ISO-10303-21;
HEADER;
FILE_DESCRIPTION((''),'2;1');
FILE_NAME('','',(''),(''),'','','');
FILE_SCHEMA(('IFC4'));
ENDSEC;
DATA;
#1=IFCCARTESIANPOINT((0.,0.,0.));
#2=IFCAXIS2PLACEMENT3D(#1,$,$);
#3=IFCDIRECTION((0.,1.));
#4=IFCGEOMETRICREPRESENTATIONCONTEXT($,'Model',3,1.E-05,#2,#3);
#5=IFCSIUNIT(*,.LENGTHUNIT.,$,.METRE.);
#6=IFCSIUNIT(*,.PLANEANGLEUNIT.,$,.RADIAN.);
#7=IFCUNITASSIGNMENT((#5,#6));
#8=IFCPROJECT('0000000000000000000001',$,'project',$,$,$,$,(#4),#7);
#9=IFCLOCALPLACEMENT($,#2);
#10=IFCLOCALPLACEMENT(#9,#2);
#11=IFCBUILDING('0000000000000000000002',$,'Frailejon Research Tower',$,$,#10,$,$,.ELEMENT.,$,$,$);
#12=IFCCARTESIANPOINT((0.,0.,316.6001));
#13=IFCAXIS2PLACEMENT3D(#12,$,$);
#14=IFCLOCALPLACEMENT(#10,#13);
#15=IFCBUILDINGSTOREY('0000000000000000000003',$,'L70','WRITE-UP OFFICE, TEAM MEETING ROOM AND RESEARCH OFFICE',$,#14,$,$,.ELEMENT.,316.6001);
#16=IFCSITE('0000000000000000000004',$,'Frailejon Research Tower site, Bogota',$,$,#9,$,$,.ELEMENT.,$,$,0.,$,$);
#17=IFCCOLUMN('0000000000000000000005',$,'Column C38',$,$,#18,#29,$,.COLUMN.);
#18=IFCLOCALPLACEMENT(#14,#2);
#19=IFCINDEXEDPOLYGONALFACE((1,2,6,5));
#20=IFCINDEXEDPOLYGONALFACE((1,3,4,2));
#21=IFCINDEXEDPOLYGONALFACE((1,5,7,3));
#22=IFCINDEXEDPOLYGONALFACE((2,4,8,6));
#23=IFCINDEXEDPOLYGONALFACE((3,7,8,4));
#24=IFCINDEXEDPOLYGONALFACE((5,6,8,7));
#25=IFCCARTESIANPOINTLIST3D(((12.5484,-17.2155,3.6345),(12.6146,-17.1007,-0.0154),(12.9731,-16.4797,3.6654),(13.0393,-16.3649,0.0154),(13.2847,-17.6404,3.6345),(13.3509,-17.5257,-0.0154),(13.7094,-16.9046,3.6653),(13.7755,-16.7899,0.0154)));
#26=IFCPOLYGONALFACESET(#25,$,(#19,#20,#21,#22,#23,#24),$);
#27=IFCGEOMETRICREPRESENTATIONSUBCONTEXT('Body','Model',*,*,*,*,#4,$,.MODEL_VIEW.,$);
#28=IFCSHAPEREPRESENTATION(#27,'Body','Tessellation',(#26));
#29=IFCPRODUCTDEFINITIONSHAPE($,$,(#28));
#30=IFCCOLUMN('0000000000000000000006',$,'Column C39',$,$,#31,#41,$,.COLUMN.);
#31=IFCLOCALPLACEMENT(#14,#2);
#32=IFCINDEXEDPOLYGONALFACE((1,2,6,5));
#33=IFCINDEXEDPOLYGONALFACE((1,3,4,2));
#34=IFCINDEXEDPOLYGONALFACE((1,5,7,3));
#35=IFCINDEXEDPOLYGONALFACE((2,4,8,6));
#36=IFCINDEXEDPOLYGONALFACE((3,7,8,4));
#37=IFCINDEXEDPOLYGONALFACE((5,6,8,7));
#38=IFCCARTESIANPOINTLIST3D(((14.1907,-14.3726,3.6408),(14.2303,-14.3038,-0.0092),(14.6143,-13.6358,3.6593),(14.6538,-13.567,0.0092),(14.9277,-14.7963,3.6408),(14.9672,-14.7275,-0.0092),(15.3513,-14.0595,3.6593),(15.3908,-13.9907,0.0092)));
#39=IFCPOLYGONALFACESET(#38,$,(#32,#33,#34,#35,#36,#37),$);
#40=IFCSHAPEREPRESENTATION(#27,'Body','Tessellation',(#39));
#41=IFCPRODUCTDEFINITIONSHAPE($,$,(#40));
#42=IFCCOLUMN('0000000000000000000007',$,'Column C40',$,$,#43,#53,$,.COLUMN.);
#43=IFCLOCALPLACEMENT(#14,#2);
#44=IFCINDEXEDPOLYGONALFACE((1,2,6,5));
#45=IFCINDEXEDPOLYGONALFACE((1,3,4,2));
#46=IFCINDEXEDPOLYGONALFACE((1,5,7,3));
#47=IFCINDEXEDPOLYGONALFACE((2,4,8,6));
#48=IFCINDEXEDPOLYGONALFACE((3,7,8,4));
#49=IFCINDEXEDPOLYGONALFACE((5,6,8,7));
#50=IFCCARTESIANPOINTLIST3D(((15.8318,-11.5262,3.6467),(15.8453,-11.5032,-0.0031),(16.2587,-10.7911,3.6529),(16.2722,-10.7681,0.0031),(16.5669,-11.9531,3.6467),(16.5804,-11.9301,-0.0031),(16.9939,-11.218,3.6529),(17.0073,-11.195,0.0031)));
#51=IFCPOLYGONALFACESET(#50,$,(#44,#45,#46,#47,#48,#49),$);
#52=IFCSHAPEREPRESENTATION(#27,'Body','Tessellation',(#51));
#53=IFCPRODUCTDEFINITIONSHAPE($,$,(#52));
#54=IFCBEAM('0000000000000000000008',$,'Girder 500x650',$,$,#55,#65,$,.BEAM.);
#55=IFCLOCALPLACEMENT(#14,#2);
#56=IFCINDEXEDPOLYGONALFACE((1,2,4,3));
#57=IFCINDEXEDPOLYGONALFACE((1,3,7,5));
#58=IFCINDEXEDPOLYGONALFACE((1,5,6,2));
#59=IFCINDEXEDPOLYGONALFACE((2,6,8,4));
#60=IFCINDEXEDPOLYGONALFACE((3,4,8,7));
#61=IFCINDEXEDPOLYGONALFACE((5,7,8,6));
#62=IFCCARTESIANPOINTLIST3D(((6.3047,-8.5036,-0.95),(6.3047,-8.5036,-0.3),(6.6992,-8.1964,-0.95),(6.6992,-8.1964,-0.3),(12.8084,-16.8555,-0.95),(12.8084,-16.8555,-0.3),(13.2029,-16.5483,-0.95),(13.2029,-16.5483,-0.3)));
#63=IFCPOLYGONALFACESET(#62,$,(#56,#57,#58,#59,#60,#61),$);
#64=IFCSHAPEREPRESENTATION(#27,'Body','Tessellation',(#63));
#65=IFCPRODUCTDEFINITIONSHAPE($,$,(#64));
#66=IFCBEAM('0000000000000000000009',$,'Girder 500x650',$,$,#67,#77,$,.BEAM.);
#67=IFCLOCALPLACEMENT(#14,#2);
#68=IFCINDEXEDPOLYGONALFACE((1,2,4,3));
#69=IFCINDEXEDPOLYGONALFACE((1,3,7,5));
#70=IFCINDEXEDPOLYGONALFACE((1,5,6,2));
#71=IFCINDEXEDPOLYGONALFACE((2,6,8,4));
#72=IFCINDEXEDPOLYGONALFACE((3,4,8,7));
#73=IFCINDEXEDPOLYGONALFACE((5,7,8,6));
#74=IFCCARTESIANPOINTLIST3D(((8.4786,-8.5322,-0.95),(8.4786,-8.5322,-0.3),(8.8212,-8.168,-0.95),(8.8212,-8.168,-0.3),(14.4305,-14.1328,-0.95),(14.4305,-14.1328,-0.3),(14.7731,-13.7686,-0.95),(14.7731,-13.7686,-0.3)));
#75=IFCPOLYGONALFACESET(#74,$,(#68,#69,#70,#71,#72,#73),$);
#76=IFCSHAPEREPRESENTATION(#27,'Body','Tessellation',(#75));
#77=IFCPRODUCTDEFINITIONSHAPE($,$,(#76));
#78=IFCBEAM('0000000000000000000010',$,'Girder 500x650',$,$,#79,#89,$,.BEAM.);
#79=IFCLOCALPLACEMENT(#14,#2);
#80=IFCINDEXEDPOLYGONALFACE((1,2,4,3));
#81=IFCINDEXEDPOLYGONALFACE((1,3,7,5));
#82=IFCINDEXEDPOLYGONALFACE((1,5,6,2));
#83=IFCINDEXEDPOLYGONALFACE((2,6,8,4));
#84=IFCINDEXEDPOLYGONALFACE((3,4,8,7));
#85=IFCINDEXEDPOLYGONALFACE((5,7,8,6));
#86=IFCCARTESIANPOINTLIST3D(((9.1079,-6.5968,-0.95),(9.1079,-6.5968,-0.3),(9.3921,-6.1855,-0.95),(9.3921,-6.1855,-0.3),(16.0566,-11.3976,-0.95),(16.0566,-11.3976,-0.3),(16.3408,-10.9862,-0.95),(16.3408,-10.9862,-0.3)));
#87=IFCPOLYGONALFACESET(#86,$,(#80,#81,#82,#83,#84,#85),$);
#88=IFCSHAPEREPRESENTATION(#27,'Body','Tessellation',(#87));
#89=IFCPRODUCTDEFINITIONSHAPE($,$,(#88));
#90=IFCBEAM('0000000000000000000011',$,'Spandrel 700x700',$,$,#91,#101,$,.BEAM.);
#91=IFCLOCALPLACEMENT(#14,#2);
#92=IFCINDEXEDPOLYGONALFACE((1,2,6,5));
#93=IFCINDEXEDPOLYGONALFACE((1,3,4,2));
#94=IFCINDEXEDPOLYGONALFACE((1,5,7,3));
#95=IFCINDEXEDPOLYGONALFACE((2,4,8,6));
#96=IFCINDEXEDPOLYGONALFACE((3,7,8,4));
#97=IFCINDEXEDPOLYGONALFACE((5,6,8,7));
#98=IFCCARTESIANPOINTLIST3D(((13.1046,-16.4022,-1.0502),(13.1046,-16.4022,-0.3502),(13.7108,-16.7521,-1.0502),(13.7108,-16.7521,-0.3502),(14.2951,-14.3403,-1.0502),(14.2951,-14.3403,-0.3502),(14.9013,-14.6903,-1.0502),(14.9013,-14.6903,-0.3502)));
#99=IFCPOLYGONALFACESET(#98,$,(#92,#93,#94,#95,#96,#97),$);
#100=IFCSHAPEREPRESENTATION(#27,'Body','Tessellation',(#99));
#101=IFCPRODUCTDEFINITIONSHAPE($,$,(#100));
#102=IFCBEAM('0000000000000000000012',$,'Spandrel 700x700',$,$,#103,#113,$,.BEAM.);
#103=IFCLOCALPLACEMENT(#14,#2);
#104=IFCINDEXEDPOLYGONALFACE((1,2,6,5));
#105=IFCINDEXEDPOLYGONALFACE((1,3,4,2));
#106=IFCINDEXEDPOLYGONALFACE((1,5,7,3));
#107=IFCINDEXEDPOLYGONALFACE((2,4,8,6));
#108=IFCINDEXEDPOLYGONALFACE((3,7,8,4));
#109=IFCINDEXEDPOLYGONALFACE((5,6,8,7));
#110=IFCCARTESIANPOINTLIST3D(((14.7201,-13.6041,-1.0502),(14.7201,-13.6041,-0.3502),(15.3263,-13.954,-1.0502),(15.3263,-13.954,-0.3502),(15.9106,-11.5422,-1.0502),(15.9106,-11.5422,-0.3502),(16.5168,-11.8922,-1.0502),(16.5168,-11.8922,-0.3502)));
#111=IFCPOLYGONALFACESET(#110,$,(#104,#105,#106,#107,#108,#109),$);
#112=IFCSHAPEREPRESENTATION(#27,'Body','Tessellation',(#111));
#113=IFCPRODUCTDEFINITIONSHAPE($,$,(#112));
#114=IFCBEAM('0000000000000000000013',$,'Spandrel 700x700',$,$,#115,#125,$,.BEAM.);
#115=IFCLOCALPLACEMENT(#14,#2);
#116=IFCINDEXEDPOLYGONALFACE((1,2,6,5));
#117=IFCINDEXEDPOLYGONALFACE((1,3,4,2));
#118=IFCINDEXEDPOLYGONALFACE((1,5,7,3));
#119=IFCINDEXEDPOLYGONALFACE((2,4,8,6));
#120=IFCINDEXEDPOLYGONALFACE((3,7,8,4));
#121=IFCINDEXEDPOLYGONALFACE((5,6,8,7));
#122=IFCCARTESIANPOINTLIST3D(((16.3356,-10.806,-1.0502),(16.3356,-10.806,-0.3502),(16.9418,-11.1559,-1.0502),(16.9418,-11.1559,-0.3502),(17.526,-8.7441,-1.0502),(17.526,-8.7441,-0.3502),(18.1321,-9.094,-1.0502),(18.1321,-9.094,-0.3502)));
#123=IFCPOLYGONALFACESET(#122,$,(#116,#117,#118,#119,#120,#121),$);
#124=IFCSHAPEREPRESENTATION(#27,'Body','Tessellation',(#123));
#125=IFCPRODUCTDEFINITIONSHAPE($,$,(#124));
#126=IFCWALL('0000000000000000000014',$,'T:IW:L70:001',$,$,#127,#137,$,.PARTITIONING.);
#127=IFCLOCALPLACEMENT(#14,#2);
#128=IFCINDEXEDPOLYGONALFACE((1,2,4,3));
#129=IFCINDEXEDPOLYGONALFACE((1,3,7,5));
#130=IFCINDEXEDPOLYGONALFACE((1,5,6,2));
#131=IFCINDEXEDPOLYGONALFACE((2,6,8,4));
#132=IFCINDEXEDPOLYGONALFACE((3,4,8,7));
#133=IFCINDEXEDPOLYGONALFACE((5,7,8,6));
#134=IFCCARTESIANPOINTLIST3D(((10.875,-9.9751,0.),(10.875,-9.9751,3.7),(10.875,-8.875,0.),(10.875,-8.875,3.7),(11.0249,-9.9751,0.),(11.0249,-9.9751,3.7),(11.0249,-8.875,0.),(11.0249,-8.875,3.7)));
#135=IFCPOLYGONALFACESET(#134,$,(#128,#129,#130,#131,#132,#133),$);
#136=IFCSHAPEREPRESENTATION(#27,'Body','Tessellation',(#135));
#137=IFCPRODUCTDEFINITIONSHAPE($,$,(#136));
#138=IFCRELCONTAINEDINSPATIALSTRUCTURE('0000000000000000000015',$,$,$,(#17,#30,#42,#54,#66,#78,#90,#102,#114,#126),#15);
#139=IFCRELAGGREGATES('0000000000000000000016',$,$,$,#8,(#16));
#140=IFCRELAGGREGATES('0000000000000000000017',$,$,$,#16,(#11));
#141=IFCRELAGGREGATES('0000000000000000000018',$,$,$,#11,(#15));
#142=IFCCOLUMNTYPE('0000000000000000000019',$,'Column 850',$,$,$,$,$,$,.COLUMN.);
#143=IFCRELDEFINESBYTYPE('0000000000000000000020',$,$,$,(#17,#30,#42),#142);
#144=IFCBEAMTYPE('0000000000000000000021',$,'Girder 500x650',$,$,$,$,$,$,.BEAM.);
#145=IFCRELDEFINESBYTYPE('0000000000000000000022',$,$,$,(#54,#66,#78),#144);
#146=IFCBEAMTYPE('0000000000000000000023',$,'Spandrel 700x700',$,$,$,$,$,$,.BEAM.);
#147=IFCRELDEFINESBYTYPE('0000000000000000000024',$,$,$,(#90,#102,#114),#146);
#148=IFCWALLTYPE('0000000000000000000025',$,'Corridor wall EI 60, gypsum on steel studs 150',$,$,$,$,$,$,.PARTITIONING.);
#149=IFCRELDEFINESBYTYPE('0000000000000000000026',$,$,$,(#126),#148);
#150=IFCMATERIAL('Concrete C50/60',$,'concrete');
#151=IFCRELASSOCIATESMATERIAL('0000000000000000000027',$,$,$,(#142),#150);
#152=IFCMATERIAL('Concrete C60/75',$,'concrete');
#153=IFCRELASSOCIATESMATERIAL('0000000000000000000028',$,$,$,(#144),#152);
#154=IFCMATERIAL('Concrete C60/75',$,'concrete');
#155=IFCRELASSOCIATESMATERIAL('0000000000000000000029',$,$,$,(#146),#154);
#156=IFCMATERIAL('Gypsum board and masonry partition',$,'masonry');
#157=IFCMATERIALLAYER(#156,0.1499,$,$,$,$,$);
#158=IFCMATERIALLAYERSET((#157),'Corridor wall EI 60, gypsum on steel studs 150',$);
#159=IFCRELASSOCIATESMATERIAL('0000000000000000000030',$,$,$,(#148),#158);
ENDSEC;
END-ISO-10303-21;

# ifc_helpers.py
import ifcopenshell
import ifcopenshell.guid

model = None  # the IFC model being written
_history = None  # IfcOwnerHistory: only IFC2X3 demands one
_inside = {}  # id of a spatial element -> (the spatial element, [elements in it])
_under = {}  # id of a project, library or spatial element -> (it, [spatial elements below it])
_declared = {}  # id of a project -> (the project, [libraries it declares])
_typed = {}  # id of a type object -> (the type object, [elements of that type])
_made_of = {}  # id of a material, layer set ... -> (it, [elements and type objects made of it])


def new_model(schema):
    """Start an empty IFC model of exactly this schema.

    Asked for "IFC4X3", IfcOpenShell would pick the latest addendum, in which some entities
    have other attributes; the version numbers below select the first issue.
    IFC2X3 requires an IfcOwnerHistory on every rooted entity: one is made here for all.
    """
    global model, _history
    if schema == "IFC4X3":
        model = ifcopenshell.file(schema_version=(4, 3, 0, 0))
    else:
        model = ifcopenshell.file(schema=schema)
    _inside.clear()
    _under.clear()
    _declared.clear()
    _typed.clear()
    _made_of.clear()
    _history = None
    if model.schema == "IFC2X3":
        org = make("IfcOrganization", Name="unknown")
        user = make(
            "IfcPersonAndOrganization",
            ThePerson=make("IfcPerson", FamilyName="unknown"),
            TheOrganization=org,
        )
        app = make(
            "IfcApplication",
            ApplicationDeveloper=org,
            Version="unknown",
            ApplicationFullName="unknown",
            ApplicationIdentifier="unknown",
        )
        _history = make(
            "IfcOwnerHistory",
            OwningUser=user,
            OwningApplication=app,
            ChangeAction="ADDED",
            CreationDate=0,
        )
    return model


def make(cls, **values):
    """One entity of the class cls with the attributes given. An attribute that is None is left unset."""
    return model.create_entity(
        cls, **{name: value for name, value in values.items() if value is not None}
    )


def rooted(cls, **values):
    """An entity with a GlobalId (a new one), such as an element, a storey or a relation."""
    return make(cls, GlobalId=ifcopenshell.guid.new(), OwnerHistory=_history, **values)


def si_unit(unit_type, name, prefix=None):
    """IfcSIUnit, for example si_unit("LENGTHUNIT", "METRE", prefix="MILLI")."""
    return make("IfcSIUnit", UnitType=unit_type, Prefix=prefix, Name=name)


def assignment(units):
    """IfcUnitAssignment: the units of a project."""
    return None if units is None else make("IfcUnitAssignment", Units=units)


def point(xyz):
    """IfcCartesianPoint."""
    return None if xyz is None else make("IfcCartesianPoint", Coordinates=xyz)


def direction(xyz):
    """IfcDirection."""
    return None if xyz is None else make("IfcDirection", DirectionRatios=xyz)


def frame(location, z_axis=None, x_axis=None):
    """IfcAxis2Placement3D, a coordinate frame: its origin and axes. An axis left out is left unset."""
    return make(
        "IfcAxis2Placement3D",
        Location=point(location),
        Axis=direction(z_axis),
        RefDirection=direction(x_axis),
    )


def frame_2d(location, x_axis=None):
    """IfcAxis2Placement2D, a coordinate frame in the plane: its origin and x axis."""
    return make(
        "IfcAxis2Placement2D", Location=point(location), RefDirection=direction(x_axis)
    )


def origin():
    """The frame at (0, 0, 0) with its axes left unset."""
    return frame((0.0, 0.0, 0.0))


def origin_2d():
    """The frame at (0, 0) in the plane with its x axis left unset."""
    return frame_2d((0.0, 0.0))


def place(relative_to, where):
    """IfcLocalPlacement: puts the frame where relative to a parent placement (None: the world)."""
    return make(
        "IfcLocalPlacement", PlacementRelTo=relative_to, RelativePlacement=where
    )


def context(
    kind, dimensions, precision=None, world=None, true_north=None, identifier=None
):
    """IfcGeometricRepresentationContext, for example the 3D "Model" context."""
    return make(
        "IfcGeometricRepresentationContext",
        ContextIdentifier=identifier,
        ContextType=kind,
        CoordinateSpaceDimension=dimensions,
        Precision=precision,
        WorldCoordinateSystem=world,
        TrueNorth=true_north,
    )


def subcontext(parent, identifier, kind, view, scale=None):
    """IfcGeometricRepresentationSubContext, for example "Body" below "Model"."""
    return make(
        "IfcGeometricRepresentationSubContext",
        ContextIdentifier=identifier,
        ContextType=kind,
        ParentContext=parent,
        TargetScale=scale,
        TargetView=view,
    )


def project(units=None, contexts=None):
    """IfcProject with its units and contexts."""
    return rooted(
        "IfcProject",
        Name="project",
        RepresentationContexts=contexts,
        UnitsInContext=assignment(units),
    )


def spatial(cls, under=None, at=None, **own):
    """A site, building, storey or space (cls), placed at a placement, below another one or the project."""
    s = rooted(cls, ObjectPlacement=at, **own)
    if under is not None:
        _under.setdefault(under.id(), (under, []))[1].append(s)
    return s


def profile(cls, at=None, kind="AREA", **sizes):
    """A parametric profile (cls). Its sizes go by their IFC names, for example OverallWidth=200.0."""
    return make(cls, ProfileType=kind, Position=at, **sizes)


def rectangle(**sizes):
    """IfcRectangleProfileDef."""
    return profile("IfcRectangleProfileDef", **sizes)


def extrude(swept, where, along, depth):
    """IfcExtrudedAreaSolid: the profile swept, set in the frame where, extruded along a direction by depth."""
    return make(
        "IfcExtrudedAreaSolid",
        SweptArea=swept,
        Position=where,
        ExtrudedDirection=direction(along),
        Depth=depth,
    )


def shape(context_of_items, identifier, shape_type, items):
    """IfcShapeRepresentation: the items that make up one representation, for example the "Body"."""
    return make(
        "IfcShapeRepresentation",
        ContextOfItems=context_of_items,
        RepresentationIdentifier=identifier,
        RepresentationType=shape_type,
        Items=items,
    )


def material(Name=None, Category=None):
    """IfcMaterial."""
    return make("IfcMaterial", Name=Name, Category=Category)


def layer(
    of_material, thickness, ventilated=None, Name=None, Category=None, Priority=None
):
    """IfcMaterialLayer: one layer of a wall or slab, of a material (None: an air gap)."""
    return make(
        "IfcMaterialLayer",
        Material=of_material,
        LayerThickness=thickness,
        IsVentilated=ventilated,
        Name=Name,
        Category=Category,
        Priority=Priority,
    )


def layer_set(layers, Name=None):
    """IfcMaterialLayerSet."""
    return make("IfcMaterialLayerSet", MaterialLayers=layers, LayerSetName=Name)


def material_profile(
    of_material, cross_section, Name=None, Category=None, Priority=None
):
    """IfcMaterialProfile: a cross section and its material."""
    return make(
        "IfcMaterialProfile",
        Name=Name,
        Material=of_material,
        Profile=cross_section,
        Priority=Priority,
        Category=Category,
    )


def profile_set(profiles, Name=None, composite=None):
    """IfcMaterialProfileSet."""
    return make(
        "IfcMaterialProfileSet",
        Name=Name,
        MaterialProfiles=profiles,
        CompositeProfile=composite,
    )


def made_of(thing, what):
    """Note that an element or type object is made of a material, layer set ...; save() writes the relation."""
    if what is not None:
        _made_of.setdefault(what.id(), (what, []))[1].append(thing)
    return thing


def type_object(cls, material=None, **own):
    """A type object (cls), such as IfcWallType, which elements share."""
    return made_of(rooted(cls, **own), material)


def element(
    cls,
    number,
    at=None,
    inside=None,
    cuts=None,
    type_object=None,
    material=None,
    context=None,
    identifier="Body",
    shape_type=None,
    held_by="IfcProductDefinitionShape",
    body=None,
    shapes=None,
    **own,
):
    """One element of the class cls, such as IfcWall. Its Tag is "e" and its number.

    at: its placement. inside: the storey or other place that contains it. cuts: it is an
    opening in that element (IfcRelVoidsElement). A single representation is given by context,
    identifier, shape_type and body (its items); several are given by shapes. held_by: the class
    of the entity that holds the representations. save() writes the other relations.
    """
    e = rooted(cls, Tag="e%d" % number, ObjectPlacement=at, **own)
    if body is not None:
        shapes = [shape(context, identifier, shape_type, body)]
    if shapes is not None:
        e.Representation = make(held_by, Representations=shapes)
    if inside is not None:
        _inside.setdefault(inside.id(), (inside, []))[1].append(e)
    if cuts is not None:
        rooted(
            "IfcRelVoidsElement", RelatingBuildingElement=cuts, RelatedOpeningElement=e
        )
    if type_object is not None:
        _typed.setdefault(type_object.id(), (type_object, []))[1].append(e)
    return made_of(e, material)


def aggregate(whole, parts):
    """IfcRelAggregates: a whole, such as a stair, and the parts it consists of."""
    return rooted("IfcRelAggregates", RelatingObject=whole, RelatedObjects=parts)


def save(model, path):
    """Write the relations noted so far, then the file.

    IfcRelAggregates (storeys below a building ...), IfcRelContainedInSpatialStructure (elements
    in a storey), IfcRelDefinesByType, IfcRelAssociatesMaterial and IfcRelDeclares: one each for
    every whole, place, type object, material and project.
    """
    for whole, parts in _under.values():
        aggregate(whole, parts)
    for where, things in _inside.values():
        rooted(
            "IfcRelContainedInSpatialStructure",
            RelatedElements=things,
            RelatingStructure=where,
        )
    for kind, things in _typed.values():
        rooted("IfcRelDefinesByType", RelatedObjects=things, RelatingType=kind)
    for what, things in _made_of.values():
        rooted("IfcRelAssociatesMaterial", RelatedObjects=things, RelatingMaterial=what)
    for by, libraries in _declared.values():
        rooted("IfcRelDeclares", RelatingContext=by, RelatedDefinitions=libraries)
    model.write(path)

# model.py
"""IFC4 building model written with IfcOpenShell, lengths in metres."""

from ifc_helpers import new_model, si_unit, direction, frame, frame_2d, origin, origin_2d, place, context, subcontext, project, spatial, rectangle, extrude, material, layer, layer_set, material_profile, profile_set, type_object, element, save


model = new_model("IFC4")

# Units and contexts
model_context = context("Model", 3, precision=1e-05, world=origin(), true_north=direction((0.0, 1.0)))
body_context = subcontext(model_context, "Body", "Model", "MODEL_VIEW")
ifc_project = project(units=[si_unit("LENGTHUNIT", "METRE"), si_unit("PLANEANGLEUNIT", "RADIAN")], contexts=[model_context])

# Site, building, storey
site_placement = place(None, origin())
site = spatial("IfcSite", under=ifc_project, at=site_placement, Name="Frailejon Research Tower site, Bogota", CompositionType="ELEMENT", RefElevation=0.0)
building_placement = place(site_placement, origin())
building = spatial("IfcBuilding", under=site, at=building_placement, Name="Frailejon Research Tower", CompositionType="ELEMENT")
storey_placement = place(building_placement, frame((0.0, 0.0, 316.6001)))
storey = spatial("IfcBuildingStorey", under=building, at=storey_placement, Name="L70", Description="WRITE-UP OFFICE, TEAM MEETING ROOM AND RESEARCH OFFICE", CompositionType="ELEMENT", Elevation=316.6001)

# Columns
ifc_material_1 = material(Name="Concrete C50/60", Category="concrete")
ifc_material_profile_1 = material_profile(ifc_material_1, rectangle(XDim=0.8501, YDim=0.8501, at=origin_2d()), Name="Column 850")
ifc_profile_set_1 = profile_set([ifc_material_profile_1], Name="Concrete C50/60")
column_type = type_object("IfcColumnType", Name="Column 850", PredefinedType="COLUMN", material=ifc_profile_set_1)
column_1_placement = place(storey_placement, frame((13.1951, -16.9453, 0.0), z_axis=(-0.018115, -0.031417, 0.999342), x_axis=(0.499559, 0.86552, 0.036266)))
element("IfcColumn", 1, at=column_1_placement, inside=storey, type_object=column_type, Name="Column C38", PredefinedType="COLUMN", context=body_context, shape_type="SweptSolid", body=[
    extrude(rectangle(XDim=0.8501, YDim=0.8501, at=origin_2d()), origin(), (0.0, 0.0, 1.0), 3.6523),
])
column_2_placement = place(storey_placement, frame((14.8105, -14.1472, 0.0), z_axis=(-0.010834, -0.018858, 0.999763), x_axis=(0.498285, 0.86674, 0.021749)))
element("IfcColumn", 2, at=column_2_placement, inside=storey, type_object=column_type, Name="Column C39", PredefinedType="COLUMN", context=body_context, shape_type="SweptSolid", body=[
    extrude(rectangle(XDim=0.8501, YDim=0.8501, at=origin_2d()), origin(), (0.0, 0.0, 1.0), 3.6509),
])
column_3_placement = place(storey_placement, frame((16.4263, -11.3491, 0.0), z_axis=(-0.003679, -0.006287, 0.999973), x_axis=(0.502203, 0.864719, 0.007285)))
element("IfcColumn", 3, at=column_3_placement, inside=storey, type_object=column_type, Name="Column C40", PredefinedType="COLUMN", context=body_context, shape_type="SweptSolid", body=[
    extrude(rectangle(XDim=0.8501, YDim=0.8501, at=origin_2d()), origin(), (0.0, 0.0, 1.0), 3.6499),
])

# Beams
ifc_material_2 = material(Name="Concrete C60/75", Category="concrete")
ifc_material_profile_2 = material_profile(ifc_material_2, rectangle(XDim=0.5, YDim=0.6499, at=origin_2d()), Name="Girder 500x650")
ifc_profile_set_2 = profile_set([ifc_material_profile_2], Name="Concrete C60/75")
beam_type_1 = type_object("IfcBeamType", Name="Girder 500x650", PredefinedType="BEAM", material=ifc_profile_set_2)
beam_1_placement = place(storey_placement, frame((13.0056, -16.7019, -0.625), z_axis=(-0.6144, 0.788994, 0.0), x_axis=(-0.788994, -0.6144, 0.0)))
element("IfcBeam", 4, at=beam_1_placement, inside=storey, type_object=beam_type_1, Name="Girder 500x650", PredefinedType="BEAM", context=body_context, shape_type="SweptSolid", body=[
    extrude(rectangle(XDim=0.5, YDim=0.6499, at=origin_2d()), origin(), (0.0, 0.0, 1.0), 10.5854),
])
beam_2_placement = place(storey_placement, frame((14.6018, -13.9507, -0.625), z_axis=(-0.728274, 0.685286, 0.0), x_axis=(-0.685286, -0.728274, 0.0)))
element("IfcBeam", 5, at=beam_2_placement, inside=storey, type_object=beam_type_1, Name="Girder 500x650", PredefinedType="BEAM", context=body_context, shape_type="SweptSolid", body=[
    extrude(rectangle(XDim=0.5, YDim=0.6499, at=origin_2d()), origin(), (0.0, 0.0, 1.0), 8.1726),
])
beam_3_placement = place(storey_placement, frame((16.1987, -11.1919, -0.625), z_axis=(-0.822739, 0.568419, 0.0), x_axis=(-0.568419, -0.822739, 0.0)))
element("IfcBeam", 6, at=beam_3_placement, inside=storey, type_object=beam_type_1, Name="Girder 500x650", PredefinedType="BEAM", context=body_context, shape_type="SweptSolid", body=[
    extrude(rectangle(XDim=0.5, YDim=0.6499, at=origin_2d()), origin(), (0.0, 0.0, 1.0), 8.4458),
])
ifc_material_3 = material(Name="Concrete C60/75", Category="concrete")
ifc_material_profile_3 = material_profile(ifc_material_3, rectangle(XDim=0.7, YDim=0.7, at=origin_2d()), Name="Spandrel 700x700")
ifc_profile_set_3 = profile_set([ifc_material_profile_3], Name="Concrete C60/75")
beam_type_2 = type_object("IfcBeamType", Name="Spandrel 700x700", PredefinedType="BEAM", material=ifc_profile_set_3)
for number, where, z_axis, x_axis, name in (
    (7, (13.4077, -16.5771, -0.7002), (0.500021, 0.866013, 0.0), (-0.866013, 0.500021, 0.0), "Spandrel 700x700"),
    (8, (15.0232, -13.7791, -0.7002), (0.500021, 0.866013, 0.0), (-0.866013, 0.500021, 0.0), "Spandrel 700x700"),
    (9, (16.6387, -10.981, -0.7002), (0.499977, 0.866039, 0.0), (-0.866039, 0.499977, 0.0), "Spandrel 700x700"),
):
    element("IfcBeam", number, at=place(storey_placement, frame(where, z_axis=z_axis, x_axis=x_axis)), inside=storey, type_object=beam_type_2, Name=name, PredefinedType="BEAM", context=body_context, shape_type="SweptSolid", body=[
        extrude(rectangle(XDim=0.7, YDim=0.7, at=origin_2d()), origin(), (0.0, 0.0, 1.0), 2.3809),
    ])

# Wall
ifc_material_4 = material(Name="Gypsum board and masonry partition", Category="masonry")
ifc_layer_1 = layer(ifc_material_4, 0.1499)
ifc_layer_set_1 = layer_set([ifc_layer_1], Name="Corridor wall EI 60, gypsum on steel studs 150")
wall_type_1 = type_object("IfcWallType", Name="Corridor wall EI 60, gypsum on steel studs 150", PredefinedType="PARTITIONING", material=ifc_layer_set_1)
wall_1_placement = place(storey_placement, frame((10.95, -9.9751, 0.0), z_axis=(0.0, 0.0, 1.0), x_axis=(0.0, 1.0, 0.0)))
element("IfcWall", 10, at=wall_1_placement, inside=storey, type_object=wall_type_1, Name="T:IW:L70:001", PredefinedType="PARTITIONING", context=body_context, shape_type="SweptSolid", body=[
    extrude(rectangle(XDim=1.1001, YDim=0.1499, at=frame_2d((0.55, 0.0))), origin(), (0.0, 0.0, 1.0), 3.7),
])

save(model, "model.ifc")
